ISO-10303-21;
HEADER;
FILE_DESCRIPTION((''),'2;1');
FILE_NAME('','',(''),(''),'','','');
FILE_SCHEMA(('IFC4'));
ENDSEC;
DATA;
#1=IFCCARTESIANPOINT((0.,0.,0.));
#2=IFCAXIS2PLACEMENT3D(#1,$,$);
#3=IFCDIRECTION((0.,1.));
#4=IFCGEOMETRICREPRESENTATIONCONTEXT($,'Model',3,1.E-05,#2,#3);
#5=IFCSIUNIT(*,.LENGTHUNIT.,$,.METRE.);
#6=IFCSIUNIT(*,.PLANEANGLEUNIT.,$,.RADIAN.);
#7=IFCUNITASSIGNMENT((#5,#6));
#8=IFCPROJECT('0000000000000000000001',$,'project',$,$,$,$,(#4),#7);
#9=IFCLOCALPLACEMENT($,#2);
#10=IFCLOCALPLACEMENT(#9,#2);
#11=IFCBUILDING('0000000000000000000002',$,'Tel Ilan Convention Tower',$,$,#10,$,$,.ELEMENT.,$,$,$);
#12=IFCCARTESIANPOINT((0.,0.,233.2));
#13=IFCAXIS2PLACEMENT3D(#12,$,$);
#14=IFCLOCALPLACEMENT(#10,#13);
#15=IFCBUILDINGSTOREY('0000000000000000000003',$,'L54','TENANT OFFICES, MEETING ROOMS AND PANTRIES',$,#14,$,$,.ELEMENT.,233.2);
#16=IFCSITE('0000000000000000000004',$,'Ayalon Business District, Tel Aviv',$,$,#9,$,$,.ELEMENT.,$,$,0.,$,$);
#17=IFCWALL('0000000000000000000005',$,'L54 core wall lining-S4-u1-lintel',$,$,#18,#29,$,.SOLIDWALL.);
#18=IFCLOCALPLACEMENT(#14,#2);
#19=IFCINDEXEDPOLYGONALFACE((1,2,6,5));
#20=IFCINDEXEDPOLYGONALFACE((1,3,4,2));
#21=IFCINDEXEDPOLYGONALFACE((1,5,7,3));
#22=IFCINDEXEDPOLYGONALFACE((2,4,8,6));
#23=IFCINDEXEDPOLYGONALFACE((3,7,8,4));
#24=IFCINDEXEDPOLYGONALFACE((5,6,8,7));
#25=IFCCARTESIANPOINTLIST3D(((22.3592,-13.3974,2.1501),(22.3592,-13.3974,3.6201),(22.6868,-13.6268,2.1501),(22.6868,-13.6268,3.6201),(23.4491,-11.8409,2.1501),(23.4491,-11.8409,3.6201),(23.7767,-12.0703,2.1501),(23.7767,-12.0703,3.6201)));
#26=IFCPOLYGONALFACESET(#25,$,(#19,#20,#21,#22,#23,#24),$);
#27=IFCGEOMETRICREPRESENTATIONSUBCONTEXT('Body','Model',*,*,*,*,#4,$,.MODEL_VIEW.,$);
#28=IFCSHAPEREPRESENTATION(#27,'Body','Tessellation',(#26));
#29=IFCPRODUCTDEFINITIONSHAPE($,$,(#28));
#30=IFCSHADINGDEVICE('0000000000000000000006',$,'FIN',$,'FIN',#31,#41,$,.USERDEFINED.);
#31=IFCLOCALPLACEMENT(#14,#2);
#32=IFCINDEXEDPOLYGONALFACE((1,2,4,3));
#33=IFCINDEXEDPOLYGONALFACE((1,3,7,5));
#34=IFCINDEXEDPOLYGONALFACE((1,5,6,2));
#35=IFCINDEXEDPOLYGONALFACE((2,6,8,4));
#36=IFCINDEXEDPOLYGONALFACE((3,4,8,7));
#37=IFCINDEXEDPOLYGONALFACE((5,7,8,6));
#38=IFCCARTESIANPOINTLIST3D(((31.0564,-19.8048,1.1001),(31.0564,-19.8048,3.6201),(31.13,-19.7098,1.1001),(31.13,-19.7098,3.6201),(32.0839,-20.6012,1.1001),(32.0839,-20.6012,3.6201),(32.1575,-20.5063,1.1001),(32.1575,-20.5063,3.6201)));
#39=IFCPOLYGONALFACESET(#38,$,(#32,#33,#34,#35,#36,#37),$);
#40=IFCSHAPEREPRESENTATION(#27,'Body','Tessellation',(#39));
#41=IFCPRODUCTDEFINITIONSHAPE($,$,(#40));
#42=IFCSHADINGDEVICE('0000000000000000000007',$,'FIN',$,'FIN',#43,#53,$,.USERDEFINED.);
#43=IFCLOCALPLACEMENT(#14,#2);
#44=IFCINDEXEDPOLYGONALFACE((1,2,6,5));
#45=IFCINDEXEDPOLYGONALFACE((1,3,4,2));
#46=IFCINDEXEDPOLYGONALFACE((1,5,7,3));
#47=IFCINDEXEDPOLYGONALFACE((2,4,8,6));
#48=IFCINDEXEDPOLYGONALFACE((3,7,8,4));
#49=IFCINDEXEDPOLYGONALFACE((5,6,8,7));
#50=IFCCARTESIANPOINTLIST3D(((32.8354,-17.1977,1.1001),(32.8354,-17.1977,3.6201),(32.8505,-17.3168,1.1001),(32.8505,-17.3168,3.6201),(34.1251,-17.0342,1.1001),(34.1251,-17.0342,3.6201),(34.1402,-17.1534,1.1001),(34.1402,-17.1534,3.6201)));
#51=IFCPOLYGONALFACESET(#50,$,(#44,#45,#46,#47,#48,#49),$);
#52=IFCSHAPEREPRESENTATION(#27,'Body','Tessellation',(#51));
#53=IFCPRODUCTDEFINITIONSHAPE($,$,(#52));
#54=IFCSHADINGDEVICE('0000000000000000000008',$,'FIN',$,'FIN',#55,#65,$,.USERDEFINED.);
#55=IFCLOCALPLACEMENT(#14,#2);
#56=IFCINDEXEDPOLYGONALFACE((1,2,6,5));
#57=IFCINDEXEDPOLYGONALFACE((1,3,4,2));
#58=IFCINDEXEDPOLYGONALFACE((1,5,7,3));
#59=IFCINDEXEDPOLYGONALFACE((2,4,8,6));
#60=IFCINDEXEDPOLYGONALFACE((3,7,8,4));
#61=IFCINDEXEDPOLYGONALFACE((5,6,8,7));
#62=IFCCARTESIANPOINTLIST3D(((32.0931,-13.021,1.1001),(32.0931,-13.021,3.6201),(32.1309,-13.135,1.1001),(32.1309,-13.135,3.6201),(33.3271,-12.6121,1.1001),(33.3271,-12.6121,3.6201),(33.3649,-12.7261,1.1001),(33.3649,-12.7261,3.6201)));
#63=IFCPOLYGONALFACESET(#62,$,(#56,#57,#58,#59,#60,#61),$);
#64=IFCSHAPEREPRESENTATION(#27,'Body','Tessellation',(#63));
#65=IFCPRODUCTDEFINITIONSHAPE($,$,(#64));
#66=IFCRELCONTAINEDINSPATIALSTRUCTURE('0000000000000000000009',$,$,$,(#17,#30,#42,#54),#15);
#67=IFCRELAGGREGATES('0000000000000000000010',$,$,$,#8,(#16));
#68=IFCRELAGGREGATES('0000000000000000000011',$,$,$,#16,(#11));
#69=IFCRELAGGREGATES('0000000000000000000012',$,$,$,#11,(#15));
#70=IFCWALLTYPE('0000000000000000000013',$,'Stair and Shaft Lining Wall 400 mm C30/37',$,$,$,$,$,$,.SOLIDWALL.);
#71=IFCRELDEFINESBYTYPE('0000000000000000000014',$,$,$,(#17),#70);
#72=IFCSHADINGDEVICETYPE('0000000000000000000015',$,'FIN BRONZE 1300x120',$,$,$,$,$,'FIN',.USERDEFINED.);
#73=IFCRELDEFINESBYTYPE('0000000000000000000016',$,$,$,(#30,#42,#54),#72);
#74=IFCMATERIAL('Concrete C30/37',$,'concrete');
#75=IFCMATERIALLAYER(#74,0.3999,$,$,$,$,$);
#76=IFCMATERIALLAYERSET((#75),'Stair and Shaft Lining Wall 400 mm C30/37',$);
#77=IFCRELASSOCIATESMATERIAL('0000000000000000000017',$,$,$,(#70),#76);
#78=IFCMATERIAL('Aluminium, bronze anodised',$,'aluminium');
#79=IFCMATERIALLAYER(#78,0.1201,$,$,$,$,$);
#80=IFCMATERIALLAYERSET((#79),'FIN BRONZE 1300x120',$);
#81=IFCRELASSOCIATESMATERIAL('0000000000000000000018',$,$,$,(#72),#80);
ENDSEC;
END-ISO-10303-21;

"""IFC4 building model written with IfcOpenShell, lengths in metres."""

from ifc_helpers import new_model, si_unit, direction, frame, frame_2d, origin, origin_2d, place, context, subcontext, project, spatial, rectangle, extrude, material, layer, layer_set, type_object, element, save


model = new_model("IFC4")

# Units and contexts
model_context = context("Model", 3, precision=1e-05, world=origin(), true_north=direction((0.0, 1.0)))
body_context = subcontext(model_context, "Body", "Model", "MODEL_VIEW")
ifc_project = project(units=[si_unit("LENGTHUNIT", "METRE"), si_unit("PLANEANGLEUNIT", "RADIAN")], contexts=[model_context])

# Site, building, storey
site_placement = place(None, origin())
site = spatial("IfcSite", under=ifc_project, at=site_placement, Name="Ayalon Business District, Tel Aviv", CompositionType="ELEMENT", RefElevation=0.0)
building_placement = place(site_placement, origin())
building = spatial("IfcBuilding", under=site, at=building_placement, Name="Tel Ilan Convention Tower", CompositionType="ELEMENT")
storey_placement = place(building_placement, frame((0.0, 0.0, 233.2)))
storey = spatial("IfcBuildingStorey", under=building, at=storey_placement, Name="L54", Description="TENANT OFFICES, MEETING ROOMS AND PANTRIES", CompositionType="ELEMENT", Elevation=233.2)

# Wall
ifc_material_1 = material(Name="Concrete C30/37", Category="concrete")
ifc_layer_1 = layer(ifc_material_1, 0.3999)
ifc_layer_set_1 = layer_set([ifc_layer_1], Name="Stair and Shaft Lining Wall 400 mm C30/37")
wall_type_1 = type_object("IfcWallType", Name="Stair and Shaft Lining Wall 400 mm C30/37", PredefinedType="SOLIDWALL", material=ifc_layer_set_1)
wall_1_placement = place(storey_placement, frame((22.5229, -13.5122, 2.1501), z_axis=(0.0, 0.0, 1.0), x_axis=(0.573592, 0.819141, 0.0)))
element("IfcWall", 1, at=wall_1_placement, inside=storey, type_object=wall_type_1, Name="L54 core wall lining-S4-u1-lintel", PredefinedType="SOLIDWALL", context=body_context, shape_type="SweptSolid", body=[
    extrude(rectangle(XDim=1.9001, YDim=0.3999, at=frame_2d((0.9502, 0.0))), origin(), (0.0, 0.0, 1.0), 1.47),
])

# Shading devices
ifc_material_2 = material(Name="Aluminium, bronze anodised", Category="aluminium")
ifc_layer_2 = layer(ifc_material_2, 0.1201)
ifc_layer_set_2 = layer_set([ifc_layer_2], Name="FIN BRONZE 1300x120")
shading_device_type = type_object("IfcShadingDeviceType", Name="FIN BRONZE 1300x120", ElementType="FIN", PredefinedType="USERDEFINED", material=ifc_layer_set_2)
for number, where, z_axis, x_axis, name in (
    (2, (31.6069, -20.1555, 1.1001), (0.0, 0.0, 1.0), (0.790393, -0.612601, 0.0), "FIN"),
    (3, (33.4878, -17.1755, 1.1001), (0.0, 0.0, 1.0), (0.992066, 0.125718, 0.0), "FIN"),
    (4, (32.729, -12.8735, 1.1001), (0.0, 0.0, 1.0), (0.949243, 0.314545, 0.0), "FIN"),
):
    element("IfcShadingDevice", number, at=place(storey_placement, frame(where, z_axis=z_axis, x_axis=x_axis)), inside=storey, type_object=shading_device_type, Name=name, ObjectType="FIN", PredefinedType="USERDEFINED", context=body_context, shape_type="SweptSolid", body=[
        extrude(rectangle(XDim=1.3, YDim=0.1201, at=origin_2d()), origin(), (0.0, 0.0, 1.0), 2.52),
    ])

save(model, "model.ifc")
